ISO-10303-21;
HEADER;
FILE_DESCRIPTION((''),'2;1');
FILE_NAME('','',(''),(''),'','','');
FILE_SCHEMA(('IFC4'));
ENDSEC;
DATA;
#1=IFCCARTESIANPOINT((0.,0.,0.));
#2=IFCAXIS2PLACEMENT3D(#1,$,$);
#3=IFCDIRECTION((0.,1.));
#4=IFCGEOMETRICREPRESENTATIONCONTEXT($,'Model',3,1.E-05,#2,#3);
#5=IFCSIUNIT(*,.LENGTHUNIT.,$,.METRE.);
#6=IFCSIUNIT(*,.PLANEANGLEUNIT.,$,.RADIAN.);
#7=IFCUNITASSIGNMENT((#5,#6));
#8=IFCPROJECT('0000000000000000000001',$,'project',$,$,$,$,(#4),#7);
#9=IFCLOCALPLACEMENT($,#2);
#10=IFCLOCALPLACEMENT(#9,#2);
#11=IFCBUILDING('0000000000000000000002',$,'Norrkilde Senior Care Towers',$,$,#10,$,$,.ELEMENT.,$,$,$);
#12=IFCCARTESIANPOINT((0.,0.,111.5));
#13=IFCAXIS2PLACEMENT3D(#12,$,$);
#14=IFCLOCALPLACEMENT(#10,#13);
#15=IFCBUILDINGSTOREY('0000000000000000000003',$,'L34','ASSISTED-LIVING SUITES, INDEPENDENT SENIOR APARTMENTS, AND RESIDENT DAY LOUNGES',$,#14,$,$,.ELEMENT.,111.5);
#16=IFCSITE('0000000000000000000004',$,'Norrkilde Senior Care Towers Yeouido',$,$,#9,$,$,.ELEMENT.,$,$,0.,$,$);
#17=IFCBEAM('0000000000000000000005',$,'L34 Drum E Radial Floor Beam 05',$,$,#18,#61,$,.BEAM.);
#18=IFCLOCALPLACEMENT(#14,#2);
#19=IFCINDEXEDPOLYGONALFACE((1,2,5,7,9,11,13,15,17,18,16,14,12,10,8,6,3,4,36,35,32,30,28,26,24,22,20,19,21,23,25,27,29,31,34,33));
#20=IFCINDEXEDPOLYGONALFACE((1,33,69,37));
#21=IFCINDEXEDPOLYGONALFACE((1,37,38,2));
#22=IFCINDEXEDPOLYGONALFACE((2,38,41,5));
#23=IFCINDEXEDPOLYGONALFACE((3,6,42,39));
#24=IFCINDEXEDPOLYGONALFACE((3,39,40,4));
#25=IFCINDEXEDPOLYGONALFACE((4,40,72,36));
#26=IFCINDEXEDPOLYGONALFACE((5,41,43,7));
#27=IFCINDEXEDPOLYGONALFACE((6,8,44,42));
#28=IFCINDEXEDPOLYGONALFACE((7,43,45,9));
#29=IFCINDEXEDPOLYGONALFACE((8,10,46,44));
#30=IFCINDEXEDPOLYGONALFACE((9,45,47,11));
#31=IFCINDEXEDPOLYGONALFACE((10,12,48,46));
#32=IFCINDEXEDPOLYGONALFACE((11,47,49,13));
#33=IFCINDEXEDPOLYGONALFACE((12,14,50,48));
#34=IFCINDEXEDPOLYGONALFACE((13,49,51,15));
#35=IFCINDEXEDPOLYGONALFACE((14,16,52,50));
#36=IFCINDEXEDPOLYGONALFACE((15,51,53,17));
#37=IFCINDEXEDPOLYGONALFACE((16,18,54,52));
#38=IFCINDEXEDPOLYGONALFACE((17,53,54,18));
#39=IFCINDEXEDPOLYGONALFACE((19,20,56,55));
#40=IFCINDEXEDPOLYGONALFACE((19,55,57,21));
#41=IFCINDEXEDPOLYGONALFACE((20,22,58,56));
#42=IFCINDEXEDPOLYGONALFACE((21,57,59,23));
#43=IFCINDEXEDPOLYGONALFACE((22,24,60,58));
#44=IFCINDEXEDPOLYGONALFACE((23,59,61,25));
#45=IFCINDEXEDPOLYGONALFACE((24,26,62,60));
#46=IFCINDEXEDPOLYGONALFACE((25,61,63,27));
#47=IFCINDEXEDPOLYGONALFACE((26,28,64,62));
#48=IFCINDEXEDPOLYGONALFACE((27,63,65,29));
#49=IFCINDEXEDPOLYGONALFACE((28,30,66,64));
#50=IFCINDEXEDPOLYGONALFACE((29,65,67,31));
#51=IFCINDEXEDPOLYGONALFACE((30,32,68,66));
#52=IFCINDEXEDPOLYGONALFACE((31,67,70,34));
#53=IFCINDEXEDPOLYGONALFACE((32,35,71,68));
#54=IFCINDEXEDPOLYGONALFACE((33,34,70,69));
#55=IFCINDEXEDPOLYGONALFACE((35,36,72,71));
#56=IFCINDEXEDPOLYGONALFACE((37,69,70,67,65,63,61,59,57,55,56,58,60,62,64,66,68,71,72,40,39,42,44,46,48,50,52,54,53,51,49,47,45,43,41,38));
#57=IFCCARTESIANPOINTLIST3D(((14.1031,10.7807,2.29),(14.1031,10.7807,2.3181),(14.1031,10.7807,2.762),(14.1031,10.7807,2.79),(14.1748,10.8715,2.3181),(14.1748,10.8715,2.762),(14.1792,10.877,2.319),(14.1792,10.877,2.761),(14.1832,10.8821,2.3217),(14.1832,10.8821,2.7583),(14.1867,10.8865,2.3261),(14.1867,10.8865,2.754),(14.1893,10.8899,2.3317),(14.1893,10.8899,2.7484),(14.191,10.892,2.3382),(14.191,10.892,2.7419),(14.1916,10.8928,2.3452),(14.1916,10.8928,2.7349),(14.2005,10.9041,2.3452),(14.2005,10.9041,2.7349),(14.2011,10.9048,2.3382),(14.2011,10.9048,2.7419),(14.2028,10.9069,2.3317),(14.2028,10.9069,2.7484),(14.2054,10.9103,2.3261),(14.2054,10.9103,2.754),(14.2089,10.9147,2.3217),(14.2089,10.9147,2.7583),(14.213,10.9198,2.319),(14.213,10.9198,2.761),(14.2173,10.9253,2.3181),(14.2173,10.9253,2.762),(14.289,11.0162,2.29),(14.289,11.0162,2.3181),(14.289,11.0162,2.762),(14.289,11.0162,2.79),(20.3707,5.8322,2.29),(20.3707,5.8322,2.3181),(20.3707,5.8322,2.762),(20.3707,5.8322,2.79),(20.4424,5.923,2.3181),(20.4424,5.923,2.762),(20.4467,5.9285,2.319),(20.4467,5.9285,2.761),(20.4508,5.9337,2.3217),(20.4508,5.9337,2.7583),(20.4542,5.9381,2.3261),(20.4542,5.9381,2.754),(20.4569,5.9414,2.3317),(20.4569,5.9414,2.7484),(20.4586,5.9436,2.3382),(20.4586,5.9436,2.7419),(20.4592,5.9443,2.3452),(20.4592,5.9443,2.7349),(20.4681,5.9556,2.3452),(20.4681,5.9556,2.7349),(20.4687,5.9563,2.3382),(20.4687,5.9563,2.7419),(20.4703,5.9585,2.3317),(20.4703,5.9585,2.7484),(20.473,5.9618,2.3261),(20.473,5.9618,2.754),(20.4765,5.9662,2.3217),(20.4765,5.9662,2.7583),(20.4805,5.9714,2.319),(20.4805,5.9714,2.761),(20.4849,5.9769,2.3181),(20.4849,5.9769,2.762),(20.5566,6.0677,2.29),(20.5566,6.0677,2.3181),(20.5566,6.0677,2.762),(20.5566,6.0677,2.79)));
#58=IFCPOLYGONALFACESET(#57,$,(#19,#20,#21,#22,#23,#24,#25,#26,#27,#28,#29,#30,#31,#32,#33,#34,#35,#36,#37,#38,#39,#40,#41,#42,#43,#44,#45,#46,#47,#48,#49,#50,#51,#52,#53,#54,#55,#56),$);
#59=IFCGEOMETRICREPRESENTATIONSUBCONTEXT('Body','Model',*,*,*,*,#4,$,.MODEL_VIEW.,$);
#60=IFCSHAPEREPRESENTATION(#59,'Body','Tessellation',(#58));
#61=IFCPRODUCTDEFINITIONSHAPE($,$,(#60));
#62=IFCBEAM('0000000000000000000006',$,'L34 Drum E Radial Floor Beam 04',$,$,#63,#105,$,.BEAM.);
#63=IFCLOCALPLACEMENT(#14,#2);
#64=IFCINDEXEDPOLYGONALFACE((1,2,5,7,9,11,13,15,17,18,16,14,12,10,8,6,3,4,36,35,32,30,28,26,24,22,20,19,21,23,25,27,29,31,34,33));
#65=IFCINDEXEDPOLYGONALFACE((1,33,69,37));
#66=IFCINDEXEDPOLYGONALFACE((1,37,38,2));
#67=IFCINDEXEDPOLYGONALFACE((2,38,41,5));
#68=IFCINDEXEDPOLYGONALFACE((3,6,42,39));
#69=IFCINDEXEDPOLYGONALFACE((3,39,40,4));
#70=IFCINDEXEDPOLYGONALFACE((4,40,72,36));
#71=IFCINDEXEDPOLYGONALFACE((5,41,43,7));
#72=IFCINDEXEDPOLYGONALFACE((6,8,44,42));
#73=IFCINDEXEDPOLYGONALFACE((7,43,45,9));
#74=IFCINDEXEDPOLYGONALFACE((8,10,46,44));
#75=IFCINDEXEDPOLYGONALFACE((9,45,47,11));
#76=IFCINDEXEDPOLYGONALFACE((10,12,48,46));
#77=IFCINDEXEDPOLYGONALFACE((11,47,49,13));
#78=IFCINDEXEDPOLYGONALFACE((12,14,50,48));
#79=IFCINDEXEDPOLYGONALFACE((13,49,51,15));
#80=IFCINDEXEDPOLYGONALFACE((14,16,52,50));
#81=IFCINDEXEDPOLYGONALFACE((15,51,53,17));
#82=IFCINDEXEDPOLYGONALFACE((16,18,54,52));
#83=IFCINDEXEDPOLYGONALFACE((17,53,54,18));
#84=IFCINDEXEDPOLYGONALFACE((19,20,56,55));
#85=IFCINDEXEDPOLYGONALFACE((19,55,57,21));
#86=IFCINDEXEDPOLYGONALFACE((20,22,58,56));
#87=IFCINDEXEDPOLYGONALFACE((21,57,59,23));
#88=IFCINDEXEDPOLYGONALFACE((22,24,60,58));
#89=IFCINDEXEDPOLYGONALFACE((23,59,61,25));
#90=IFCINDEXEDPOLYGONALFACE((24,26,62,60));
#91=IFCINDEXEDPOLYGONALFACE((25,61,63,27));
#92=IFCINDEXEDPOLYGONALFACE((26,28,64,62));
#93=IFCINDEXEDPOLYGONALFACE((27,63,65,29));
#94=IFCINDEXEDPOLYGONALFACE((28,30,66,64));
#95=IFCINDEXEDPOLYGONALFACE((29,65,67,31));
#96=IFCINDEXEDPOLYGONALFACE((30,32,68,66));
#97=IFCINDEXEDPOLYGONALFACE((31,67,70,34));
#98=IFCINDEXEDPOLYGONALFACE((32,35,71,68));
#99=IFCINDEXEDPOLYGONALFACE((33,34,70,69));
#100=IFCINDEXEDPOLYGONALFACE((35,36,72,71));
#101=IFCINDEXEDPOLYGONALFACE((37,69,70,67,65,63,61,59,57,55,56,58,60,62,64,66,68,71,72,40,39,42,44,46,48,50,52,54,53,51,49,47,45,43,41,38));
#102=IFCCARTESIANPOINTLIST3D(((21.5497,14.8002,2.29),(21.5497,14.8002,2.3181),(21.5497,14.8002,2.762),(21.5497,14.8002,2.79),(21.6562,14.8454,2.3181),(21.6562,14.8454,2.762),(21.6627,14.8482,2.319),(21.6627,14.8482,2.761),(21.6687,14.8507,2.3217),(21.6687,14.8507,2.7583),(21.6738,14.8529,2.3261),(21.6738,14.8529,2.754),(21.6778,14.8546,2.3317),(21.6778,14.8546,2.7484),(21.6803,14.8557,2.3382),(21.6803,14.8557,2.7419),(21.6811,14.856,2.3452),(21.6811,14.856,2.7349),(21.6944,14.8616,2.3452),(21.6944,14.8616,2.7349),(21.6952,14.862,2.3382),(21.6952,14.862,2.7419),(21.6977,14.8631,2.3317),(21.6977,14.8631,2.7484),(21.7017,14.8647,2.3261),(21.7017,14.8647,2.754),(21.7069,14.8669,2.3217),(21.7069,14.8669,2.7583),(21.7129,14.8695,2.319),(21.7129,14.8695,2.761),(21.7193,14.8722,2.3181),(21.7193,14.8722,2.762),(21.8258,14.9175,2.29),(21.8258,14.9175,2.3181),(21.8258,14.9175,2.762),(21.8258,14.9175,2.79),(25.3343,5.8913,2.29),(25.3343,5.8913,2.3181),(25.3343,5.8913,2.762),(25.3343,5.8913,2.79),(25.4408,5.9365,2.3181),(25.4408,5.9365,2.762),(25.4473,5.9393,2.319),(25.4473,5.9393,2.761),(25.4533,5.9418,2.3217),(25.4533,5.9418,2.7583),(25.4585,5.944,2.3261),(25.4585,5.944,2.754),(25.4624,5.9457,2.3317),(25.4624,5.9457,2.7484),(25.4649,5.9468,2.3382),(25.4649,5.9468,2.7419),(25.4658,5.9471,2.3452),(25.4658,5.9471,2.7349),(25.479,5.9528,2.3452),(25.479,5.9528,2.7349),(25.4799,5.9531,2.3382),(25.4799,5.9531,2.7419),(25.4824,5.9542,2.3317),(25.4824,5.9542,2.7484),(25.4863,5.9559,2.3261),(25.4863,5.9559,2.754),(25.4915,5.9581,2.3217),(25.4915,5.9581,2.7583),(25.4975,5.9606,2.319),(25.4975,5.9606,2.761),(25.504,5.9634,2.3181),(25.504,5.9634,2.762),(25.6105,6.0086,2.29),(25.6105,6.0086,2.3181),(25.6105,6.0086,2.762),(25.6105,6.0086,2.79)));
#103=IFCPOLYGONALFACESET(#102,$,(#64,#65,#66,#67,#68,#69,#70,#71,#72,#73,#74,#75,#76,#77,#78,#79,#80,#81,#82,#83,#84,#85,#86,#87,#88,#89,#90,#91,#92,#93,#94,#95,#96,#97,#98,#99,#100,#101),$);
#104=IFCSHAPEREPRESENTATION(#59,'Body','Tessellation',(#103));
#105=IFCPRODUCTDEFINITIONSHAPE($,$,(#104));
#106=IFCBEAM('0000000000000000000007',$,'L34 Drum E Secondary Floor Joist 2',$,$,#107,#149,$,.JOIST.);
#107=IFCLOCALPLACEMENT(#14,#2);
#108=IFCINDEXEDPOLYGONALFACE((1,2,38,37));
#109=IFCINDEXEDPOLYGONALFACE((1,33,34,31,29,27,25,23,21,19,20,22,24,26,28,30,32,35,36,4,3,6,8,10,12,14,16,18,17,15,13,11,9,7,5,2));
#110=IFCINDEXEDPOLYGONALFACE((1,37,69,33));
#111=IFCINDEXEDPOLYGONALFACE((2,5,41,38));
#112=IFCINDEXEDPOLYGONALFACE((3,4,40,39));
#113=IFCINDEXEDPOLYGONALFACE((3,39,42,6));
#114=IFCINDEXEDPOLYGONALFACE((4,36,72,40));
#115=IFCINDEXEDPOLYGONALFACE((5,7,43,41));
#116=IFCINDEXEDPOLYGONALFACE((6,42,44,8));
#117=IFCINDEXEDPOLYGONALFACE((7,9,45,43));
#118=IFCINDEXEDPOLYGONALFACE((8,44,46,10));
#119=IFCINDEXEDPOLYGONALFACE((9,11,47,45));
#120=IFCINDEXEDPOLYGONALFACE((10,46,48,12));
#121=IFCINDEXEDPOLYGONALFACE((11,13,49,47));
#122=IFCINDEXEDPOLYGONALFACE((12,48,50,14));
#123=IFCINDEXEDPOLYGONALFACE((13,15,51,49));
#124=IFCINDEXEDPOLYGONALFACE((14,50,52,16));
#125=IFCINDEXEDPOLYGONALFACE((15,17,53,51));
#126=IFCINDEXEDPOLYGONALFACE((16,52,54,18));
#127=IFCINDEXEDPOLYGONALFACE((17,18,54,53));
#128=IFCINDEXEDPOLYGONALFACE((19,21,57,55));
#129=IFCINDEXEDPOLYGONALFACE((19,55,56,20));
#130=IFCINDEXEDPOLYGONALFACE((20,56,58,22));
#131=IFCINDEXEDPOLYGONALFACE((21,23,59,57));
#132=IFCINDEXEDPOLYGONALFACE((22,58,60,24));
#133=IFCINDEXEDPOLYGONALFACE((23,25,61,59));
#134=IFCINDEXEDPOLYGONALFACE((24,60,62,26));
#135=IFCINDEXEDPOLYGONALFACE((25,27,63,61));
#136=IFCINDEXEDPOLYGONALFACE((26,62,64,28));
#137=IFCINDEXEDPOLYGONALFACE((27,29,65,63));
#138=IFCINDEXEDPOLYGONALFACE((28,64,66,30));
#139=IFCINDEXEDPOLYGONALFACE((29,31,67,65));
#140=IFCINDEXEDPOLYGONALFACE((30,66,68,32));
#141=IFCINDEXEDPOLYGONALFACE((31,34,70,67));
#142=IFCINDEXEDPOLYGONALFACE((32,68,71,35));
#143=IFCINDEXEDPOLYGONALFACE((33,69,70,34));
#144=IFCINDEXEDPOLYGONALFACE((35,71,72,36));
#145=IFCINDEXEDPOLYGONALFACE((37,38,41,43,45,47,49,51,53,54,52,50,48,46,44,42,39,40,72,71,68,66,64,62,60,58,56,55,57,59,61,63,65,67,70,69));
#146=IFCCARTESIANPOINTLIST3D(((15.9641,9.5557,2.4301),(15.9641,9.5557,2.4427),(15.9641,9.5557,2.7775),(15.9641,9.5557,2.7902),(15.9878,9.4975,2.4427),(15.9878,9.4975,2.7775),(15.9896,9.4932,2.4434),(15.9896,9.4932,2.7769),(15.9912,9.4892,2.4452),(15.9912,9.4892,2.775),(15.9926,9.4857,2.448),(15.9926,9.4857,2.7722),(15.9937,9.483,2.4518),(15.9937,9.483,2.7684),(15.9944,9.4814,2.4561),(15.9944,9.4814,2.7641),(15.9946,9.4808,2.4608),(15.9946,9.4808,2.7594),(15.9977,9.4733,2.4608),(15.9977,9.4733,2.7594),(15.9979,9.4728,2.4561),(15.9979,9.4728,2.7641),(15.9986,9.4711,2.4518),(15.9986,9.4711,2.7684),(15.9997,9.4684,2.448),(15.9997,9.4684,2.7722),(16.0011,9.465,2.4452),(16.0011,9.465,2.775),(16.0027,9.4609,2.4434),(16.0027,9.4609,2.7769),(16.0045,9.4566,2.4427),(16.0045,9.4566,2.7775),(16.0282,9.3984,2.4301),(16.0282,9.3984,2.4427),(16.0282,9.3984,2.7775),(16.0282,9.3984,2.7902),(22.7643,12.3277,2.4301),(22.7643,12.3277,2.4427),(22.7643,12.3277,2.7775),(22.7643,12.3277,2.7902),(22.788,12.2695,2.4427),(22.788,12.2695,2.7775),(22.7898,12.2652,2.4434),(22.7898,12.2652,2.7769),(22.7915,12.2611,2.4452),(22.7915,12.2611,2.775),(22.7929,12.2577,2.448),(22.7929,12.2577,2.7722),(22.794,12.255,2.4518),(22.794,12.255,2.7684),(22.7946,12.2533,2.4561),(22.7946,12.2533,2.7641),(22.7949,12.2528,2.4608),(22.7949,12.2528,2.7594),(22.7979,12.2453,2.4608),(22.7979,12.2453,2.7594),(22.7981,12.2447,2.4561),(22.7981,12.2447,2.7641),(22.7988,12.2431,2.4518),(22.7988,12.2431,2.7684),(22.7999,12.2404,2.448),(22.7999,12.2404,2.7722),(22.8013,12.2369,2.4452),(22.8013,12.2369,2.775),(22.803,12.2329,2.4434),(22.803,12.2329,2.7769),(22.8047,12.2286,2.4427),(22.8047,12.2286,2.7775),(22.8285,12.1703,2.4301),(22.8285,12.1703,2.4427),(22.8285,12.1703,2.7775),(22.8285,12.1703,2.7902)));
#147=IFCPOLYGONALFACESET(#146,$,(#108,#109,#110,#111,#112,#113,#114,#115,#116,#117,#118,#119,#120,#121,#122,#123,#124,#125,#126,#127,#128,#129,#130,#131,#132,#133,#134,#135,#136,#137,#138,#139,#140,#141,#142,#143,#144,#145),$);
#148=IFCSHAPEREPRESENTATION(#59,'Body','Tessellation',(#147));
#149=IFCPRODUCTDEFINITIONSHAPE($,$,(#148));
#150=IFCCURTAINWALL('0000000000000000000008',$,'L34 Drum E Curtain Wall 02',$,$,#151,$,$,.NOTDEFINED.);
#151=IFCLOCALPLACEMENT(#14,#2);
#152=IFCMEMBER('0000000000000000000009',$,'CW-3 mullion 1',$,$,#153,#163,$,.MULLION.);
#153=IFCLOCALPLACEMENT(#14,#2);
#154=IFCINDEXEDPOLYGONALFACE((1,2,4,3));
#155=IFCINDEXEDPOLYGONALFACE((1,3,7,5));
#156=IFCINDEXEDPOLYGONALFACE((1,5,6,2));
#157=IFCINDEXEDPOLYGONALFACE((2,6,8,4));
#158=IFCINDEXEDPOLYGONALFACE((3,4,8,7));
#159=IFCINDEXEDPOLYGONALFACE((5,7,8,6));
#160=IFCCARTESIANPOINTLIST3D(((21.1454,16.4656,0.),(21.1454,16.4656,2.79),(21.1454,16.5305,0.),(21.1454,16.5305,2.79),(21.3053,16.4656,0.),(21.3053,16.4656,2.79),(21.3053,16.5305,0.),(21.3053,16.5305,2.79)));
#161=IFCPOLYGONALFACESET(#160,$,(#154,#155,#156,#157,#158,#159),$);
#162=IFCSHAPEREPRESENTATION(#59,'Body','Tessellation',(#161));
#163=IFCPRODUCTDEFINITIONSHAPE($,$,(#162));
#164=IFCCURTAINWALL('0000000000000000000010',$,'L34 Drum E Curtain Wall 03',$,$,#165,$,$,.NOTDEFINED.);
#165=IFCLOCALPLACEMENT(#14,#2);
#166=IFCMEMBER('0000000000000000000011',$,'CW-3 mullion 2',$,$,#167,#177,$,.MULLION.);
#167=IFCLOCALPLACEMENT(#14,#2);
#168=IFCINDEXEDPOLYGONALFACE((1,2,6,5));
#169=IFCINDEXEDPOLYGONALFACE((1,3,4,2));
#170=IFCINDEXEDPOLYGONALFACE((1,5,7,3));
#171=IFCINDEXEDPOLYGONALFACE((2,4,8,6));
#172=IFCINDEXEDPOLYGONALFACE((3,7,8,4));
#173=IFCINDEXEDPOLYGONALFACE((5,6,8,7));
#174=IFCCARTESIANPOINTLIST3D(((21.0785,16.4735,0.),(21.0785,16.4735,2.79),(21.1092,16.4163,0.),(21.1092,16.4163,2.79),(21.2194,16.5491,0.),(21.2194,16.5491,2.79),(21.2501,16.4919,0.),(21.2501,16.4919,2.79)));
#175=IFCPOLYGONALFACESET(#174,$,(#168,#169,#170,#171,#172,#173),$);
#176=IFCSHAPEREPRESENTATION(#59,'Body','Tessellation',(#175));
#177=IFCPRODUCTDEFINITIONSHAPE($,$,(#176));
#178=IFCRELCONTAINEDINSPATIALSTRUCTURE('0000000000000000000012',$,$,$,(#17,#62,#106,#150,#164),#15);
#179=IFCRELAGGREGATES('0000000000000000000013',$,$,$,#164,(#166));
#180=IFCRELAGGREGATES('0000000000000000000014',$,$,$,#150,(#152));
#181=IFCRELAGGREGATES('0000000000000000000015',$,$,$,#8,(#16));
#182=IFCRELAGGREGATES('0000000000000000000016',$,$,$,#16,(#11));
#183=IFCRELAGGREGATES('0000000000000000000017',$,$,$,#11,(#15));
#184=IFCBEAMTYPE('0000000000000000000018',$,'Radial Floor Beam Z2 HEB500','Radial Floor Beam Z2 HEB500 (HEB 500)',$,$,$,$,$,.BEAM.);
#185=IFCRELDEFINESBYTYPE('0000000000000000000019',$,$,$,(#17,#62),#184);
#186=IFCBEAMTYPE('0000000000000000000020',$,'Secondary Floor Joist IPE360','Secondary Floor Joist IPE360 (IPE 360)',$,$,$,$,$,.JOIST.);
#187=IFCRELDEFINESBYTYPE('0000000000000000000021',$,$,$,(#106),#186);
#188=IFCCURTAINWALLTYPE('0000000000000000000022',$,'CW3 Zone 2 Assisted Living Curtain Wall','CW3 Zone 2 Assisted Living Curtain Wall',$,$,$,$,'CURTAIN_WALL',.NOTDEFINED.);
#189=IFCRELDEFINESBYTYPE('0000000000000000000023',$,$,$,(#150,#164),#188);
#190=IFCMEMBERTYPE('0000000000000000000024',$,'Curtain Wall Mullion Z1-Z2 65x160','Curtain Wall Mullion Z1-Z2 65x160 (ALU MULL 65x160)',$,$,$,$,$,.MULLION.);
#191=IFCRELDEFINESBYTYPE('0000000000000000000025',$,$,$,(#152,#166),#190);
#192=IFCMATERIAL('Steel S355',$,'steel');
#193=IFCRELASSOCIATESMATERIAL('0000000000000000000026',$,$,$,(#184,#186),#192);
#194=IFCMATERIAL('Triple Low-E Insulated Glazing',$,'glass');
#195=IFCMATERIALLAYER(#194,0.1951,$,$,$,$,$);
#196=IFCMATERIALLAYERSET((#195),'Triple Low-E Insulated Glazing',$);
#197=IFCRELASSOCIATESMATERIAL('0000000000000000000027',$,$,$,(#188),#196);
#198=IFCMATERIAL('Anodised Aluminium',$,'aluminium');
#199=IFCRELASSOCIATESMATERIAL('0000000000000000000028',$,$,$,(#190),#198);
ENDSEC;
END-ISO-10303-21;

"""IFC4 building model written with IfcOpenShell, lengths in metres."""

from ifc_helpers import new_model, si_unit, direction, frame, origin, origin_2d, place, context, subcontext, project, spatial, rectangle, i_section, extrude, source, transform, mapped, material, layer, layer_set, material_profile, profile_set, type_object, type_shapes, element, aggregate, save


model = new_model("IFC4")

# Units and contexts
model_context = context("Model", 3, precision=1e-05, world=origin(), true_north=direction((0.0, 1.0)))
body_context = subcontext(model_context, "Body", "Model", "MODEL_VIEW")
ifc_project = project(units=[si_unit("LENGTHUNIT", "METRE"), si_unit("PLANEANGLEUNIT", "RADIAN")], contexts=[model_context])

# Site, building, storey
site_placement = place(None, origin())
site = spatial("IfcSite", under=ifc_project, at=site_placement, Name="Norrkilde Senior Care Towers Yeouido", CompositionType="ELEMENT", RefElevation=0.0)
building_placement = place(site_placement, origin())
building = spatial("IfcBuilding", under=site, at=building_placement, Name="Norrkilde Senior Care Towers", CompositionType="ELEMENT")
storey_placement = place(building_placement, frame((0.0, 0.0, 111.5)))
storey = spatial("IfcBuildingStorey", under=building, at=storey_placement, Name="L34", Description="ASSISTED-LIVING SUITES, INDEPENDENT SENIOR APARTMENTS, AND RESIDENT DAY LOUNGES", CompositionType="ELEMENT", Elevation=111.5)

# Beams
ifc_material_1 = material(Name="Steel S355", Category="steel")
ifc_material_profile_1 = material_profile(ifc_material_1, i_section(OverallWidth=0.3, OverallDepth=0.5, WebThickness=0.0144, FlangeThickness=0.0281, FilletRadius=0.0271, at=origin_2d()), Name="HEB 500")
ifc_profile_set_1 = profile_set([ifc_material_profile_1], Name="Steel S355")
beam_type_1 = type_object("IfcBeamType", Name="Radial Floor Beam Z2 HEB500", Description="Radial Floor Beam Z2 HEB500 (HEB 500)", PredefinedType="BEAM", material=ifc_profile_set_1)
shared_shape_1 = source(origin(), body_context, "Body", "SweptSolid", [
    extrude(i_section(OverallWidth=0.3, OverallDepth=0.5, WebThickness=0.0144, FlangeThickness=0.0281, FilletRadius=0.0271, at=origin_2d()), origin(), (0.0, 0.0, 1.0), 7.9856),
])
beam_1_placement = place(storey_placement, frame((20.4636, 5.95, 2.54), z_axis=(-0.784859, 0.619675, 0.0), x_axis=(-0.619675, -0.784859, 0.0)))
element("IfcBeam", 1, at=beam_1_placement, inside=storey, type_object=beam_type_1, Name="L34 Drum E Radial Floor Beam 05", PredefinedType="BEAM", context=body_context, shape_type="MappedRepresentation", body=[
    mapped(shared_shape_1, transform((0.0, 0.0, 0.0), x_axis=(1.0, 0.0, 0.0), y_axis=(0.0, 1.0, 0.0), z_axis=(0.0, 0.0, 1.0), scale=1.0)),
])
shared_shape_2 = source(origin(), body_context, "Body", "SweptSolid", [
    extrude(i_section(OverallWidth=0.3, OverallDepth=0.5, WebThickness=0.0144, FlangeThickness=0.0281, FilletRadius=0.0271, at=origin_2d()), origin(), (0.0, 0.0, 1.0), 9.6794),
])
beam_2_placement = place(storey_placement, frame((25.4724, 5.95, 2.54), z_axis=(-0.390998, 0.920392, 0.0), x_axis=(-0.920392, -0.390998, 0.0)))
element("IfcBeam", 2, at=beam_2_placement, inside=storey, type_object=beam_type_1, Name="L34 Drum E Radial Floor Beam 04", PredefinedType="BEAM", context=body_context, shape_type="MappedRepresentation", body=[
    mapped(shared_shape_2, transform((0.0, 0.0, 0.0), x_axis=(1.0, 0.0, 0.0), y_axis=(0.0, 1.0, 0.0), z_axis=(0.0, 0.0, 1.0), scale=1.0)),
])
ifc_material_profile_2 = material_profile(ifc_material_1, i_section(OverallWidth=0.1699, OverallDepth=0.3601, WebThickness=0.0081, FlangeThickness=0.0127, FilletRadius=0.0181, at=origin_2d()), Name="IPE 360")
ifc_profile_set_2 = profile_set([ifc_material_profile_2], Name="Steel S355")
beam_type_2 = type_object("IfcBeamType", Name="Secondary Floor Joist IPE360", Description="Secondary Floor Joist IPE360 (IPE 360)", PredefinedType="JOIST", material=ifc_profile_set_2)
shared_shape_3 = source(origin(), body_context, "Body", "SweptSolid", [
    extrude(i_section(OverallWidth=0.1699, OverallDepth=0.3601, WebThickness=0.0081, FlangeThickness=0.0127, FilletRadius=0.0181, at=origin_2d()), origin(), (0.0, 0.0, 1.0), 7.3435),
])
type_shapes(beam_type_2, [shared_shape_3])
beam_3_placement = place(storey_placement, frame((22.7964, 12.249, 2.6101), z_axis=(-0.926022, -0.37747, 0.0), x_axis=(0.37747, -0.926022, 0.0)))
element("IfcBeam", 3, at=beam_3_placement, inside=storey, type_object=beam_type_2, Name="L34 Drum E Secondary Floor Joist 2", PredefinedType="JOIST", context=body_context, shape_type="MappedRepresentation", body=[
    mapped(shared_shape_3, transform((0.0, 0.0, 0.0), x_axis=(1.0, 0.0, 0.0), y_axis=(0.0, 1.0, 0.0), z_axis=(0.0, 0.0, 1.0), scale=1.0)),
])

# Curtain walls, members
ifc_material_2 = material(Name="Triple Low-E Insulated Glazing", Category="glass")
ifc_layer_1 = layer(ifc_material_2, 0.1951)
ifc_layer_set_1 = layer_set([ifc_layer_1], Name="Triple Low-E Insulated Glazing")
curtain_wall_type = type_object("IfcCurtainWallType", Name="CW3 Zone 2 Assisted Living Curtain Wall", Description="CW3 Zone 2 Assisted Living Curtain Wall", ElementType="CURTAIN_WALL", PredefinedType="NOTDEFINED", material=ifc_layer_set_1)
curtain_wall_1_placement = place(storey_placement, origin())
curtain_wall_1 = element("IfcCurtainWall", 4, at=curtain_wall_1_placement, inside=storey, type_object=curtain_wall_type, Name="L34 Drum E Curtain Wall 02", PredefinedType="NOTDEFINED")
ifc_material_3 = material(Name="Anodised Aluminium", Category="aluminium")
ifc_material_profile_3 = material_profile(ifc_material_3, rectangle(XDim=0.0649, YDim=0.1599, at=origin_2d()), Name="ALU MULL 65x160")
ifc_profile_set_3 = profile_set([ifc_material_profile_3], Name="Anodised Aluminium")
member_type_1 = type_object("IfcMemberType", Name="Curtain Wall Mullion Z1-Z2 65x160", Description="Curtain Wall Mullion Z1-Z2 65x160 (ALU MULL 65x160)", PredefinedType="MULLION", material=ifc_profile_set_3)
shared_shape_4 = source(origin(), body_context, "Body", "SweptSolid", [
    extrude(rectangle(XDim=0.0649, YDim=0.1599, at=origin_2d()), origin(), (0.0, 0.0, 1.0), 2.79),
])
type_shapes(member_type_1, [shared_shape_4])
member_1_placement = place(storey_placement, frame((21.2253, 16.498, 0.0), z_axis=(0.0, 0.0, 1.0), x_axis=(0.0, 1.0, 0.0)))
member_1 = element("IfcMember", 5, at=member_1_placement, type_object=member_type_1, Name="CW-3 mullion 1", PredefinedType="MULLION", context=body_context, shape_type="MappedRepresentation", body=[
    mapped(shared_shape_4, transform((0.0, 0.0, 0.0), x_axis=(1.0, 0.0, 0.0), y_axis=(0.0, 1.0, 0.0), z_axis=(0.0, 0.0, 1.0), scale=1.0)),
])
curtain_wall_2_placement = place(storey_placement, origin())
curtain_wall_2 = element("IfcCurtainWall", 6, at=curtain_wall_2_placement, inside=storey, type_object=curtain_wall_type, Name="L34 Drum E Curtain Wall 03", PredefinedType="NOTDEFINED")
member_2_placement = place(storey_placement, frame((21.1643, 16.4827, 0.0), z_axis=(0.0, 0.0, 1.0), x_axis=(-0.472769, 0.881186, 0.0)))
member_2 = element("IfcMember", 7, at=member_2_placement, type_object=member_type_1, Name="CW-3 mullion 2", PredefinedType="MULLION", context=body_context, shape_type="MappedRepresentation", body=[
    mapped(shared_shape_4, transform((0.0, 0.0, 0.0), x_axis=(1.0, 0.0, 0.0), y_axis=(0.0, 1.0, 0.0), z_axis=(0.0, 0.0, 1.0), scale=1.0)),
])
aggregate(curtain_wall_2, [member_2])

aggregate(curtain_wall_1, [member_1])

save(model, "model.ifc")
